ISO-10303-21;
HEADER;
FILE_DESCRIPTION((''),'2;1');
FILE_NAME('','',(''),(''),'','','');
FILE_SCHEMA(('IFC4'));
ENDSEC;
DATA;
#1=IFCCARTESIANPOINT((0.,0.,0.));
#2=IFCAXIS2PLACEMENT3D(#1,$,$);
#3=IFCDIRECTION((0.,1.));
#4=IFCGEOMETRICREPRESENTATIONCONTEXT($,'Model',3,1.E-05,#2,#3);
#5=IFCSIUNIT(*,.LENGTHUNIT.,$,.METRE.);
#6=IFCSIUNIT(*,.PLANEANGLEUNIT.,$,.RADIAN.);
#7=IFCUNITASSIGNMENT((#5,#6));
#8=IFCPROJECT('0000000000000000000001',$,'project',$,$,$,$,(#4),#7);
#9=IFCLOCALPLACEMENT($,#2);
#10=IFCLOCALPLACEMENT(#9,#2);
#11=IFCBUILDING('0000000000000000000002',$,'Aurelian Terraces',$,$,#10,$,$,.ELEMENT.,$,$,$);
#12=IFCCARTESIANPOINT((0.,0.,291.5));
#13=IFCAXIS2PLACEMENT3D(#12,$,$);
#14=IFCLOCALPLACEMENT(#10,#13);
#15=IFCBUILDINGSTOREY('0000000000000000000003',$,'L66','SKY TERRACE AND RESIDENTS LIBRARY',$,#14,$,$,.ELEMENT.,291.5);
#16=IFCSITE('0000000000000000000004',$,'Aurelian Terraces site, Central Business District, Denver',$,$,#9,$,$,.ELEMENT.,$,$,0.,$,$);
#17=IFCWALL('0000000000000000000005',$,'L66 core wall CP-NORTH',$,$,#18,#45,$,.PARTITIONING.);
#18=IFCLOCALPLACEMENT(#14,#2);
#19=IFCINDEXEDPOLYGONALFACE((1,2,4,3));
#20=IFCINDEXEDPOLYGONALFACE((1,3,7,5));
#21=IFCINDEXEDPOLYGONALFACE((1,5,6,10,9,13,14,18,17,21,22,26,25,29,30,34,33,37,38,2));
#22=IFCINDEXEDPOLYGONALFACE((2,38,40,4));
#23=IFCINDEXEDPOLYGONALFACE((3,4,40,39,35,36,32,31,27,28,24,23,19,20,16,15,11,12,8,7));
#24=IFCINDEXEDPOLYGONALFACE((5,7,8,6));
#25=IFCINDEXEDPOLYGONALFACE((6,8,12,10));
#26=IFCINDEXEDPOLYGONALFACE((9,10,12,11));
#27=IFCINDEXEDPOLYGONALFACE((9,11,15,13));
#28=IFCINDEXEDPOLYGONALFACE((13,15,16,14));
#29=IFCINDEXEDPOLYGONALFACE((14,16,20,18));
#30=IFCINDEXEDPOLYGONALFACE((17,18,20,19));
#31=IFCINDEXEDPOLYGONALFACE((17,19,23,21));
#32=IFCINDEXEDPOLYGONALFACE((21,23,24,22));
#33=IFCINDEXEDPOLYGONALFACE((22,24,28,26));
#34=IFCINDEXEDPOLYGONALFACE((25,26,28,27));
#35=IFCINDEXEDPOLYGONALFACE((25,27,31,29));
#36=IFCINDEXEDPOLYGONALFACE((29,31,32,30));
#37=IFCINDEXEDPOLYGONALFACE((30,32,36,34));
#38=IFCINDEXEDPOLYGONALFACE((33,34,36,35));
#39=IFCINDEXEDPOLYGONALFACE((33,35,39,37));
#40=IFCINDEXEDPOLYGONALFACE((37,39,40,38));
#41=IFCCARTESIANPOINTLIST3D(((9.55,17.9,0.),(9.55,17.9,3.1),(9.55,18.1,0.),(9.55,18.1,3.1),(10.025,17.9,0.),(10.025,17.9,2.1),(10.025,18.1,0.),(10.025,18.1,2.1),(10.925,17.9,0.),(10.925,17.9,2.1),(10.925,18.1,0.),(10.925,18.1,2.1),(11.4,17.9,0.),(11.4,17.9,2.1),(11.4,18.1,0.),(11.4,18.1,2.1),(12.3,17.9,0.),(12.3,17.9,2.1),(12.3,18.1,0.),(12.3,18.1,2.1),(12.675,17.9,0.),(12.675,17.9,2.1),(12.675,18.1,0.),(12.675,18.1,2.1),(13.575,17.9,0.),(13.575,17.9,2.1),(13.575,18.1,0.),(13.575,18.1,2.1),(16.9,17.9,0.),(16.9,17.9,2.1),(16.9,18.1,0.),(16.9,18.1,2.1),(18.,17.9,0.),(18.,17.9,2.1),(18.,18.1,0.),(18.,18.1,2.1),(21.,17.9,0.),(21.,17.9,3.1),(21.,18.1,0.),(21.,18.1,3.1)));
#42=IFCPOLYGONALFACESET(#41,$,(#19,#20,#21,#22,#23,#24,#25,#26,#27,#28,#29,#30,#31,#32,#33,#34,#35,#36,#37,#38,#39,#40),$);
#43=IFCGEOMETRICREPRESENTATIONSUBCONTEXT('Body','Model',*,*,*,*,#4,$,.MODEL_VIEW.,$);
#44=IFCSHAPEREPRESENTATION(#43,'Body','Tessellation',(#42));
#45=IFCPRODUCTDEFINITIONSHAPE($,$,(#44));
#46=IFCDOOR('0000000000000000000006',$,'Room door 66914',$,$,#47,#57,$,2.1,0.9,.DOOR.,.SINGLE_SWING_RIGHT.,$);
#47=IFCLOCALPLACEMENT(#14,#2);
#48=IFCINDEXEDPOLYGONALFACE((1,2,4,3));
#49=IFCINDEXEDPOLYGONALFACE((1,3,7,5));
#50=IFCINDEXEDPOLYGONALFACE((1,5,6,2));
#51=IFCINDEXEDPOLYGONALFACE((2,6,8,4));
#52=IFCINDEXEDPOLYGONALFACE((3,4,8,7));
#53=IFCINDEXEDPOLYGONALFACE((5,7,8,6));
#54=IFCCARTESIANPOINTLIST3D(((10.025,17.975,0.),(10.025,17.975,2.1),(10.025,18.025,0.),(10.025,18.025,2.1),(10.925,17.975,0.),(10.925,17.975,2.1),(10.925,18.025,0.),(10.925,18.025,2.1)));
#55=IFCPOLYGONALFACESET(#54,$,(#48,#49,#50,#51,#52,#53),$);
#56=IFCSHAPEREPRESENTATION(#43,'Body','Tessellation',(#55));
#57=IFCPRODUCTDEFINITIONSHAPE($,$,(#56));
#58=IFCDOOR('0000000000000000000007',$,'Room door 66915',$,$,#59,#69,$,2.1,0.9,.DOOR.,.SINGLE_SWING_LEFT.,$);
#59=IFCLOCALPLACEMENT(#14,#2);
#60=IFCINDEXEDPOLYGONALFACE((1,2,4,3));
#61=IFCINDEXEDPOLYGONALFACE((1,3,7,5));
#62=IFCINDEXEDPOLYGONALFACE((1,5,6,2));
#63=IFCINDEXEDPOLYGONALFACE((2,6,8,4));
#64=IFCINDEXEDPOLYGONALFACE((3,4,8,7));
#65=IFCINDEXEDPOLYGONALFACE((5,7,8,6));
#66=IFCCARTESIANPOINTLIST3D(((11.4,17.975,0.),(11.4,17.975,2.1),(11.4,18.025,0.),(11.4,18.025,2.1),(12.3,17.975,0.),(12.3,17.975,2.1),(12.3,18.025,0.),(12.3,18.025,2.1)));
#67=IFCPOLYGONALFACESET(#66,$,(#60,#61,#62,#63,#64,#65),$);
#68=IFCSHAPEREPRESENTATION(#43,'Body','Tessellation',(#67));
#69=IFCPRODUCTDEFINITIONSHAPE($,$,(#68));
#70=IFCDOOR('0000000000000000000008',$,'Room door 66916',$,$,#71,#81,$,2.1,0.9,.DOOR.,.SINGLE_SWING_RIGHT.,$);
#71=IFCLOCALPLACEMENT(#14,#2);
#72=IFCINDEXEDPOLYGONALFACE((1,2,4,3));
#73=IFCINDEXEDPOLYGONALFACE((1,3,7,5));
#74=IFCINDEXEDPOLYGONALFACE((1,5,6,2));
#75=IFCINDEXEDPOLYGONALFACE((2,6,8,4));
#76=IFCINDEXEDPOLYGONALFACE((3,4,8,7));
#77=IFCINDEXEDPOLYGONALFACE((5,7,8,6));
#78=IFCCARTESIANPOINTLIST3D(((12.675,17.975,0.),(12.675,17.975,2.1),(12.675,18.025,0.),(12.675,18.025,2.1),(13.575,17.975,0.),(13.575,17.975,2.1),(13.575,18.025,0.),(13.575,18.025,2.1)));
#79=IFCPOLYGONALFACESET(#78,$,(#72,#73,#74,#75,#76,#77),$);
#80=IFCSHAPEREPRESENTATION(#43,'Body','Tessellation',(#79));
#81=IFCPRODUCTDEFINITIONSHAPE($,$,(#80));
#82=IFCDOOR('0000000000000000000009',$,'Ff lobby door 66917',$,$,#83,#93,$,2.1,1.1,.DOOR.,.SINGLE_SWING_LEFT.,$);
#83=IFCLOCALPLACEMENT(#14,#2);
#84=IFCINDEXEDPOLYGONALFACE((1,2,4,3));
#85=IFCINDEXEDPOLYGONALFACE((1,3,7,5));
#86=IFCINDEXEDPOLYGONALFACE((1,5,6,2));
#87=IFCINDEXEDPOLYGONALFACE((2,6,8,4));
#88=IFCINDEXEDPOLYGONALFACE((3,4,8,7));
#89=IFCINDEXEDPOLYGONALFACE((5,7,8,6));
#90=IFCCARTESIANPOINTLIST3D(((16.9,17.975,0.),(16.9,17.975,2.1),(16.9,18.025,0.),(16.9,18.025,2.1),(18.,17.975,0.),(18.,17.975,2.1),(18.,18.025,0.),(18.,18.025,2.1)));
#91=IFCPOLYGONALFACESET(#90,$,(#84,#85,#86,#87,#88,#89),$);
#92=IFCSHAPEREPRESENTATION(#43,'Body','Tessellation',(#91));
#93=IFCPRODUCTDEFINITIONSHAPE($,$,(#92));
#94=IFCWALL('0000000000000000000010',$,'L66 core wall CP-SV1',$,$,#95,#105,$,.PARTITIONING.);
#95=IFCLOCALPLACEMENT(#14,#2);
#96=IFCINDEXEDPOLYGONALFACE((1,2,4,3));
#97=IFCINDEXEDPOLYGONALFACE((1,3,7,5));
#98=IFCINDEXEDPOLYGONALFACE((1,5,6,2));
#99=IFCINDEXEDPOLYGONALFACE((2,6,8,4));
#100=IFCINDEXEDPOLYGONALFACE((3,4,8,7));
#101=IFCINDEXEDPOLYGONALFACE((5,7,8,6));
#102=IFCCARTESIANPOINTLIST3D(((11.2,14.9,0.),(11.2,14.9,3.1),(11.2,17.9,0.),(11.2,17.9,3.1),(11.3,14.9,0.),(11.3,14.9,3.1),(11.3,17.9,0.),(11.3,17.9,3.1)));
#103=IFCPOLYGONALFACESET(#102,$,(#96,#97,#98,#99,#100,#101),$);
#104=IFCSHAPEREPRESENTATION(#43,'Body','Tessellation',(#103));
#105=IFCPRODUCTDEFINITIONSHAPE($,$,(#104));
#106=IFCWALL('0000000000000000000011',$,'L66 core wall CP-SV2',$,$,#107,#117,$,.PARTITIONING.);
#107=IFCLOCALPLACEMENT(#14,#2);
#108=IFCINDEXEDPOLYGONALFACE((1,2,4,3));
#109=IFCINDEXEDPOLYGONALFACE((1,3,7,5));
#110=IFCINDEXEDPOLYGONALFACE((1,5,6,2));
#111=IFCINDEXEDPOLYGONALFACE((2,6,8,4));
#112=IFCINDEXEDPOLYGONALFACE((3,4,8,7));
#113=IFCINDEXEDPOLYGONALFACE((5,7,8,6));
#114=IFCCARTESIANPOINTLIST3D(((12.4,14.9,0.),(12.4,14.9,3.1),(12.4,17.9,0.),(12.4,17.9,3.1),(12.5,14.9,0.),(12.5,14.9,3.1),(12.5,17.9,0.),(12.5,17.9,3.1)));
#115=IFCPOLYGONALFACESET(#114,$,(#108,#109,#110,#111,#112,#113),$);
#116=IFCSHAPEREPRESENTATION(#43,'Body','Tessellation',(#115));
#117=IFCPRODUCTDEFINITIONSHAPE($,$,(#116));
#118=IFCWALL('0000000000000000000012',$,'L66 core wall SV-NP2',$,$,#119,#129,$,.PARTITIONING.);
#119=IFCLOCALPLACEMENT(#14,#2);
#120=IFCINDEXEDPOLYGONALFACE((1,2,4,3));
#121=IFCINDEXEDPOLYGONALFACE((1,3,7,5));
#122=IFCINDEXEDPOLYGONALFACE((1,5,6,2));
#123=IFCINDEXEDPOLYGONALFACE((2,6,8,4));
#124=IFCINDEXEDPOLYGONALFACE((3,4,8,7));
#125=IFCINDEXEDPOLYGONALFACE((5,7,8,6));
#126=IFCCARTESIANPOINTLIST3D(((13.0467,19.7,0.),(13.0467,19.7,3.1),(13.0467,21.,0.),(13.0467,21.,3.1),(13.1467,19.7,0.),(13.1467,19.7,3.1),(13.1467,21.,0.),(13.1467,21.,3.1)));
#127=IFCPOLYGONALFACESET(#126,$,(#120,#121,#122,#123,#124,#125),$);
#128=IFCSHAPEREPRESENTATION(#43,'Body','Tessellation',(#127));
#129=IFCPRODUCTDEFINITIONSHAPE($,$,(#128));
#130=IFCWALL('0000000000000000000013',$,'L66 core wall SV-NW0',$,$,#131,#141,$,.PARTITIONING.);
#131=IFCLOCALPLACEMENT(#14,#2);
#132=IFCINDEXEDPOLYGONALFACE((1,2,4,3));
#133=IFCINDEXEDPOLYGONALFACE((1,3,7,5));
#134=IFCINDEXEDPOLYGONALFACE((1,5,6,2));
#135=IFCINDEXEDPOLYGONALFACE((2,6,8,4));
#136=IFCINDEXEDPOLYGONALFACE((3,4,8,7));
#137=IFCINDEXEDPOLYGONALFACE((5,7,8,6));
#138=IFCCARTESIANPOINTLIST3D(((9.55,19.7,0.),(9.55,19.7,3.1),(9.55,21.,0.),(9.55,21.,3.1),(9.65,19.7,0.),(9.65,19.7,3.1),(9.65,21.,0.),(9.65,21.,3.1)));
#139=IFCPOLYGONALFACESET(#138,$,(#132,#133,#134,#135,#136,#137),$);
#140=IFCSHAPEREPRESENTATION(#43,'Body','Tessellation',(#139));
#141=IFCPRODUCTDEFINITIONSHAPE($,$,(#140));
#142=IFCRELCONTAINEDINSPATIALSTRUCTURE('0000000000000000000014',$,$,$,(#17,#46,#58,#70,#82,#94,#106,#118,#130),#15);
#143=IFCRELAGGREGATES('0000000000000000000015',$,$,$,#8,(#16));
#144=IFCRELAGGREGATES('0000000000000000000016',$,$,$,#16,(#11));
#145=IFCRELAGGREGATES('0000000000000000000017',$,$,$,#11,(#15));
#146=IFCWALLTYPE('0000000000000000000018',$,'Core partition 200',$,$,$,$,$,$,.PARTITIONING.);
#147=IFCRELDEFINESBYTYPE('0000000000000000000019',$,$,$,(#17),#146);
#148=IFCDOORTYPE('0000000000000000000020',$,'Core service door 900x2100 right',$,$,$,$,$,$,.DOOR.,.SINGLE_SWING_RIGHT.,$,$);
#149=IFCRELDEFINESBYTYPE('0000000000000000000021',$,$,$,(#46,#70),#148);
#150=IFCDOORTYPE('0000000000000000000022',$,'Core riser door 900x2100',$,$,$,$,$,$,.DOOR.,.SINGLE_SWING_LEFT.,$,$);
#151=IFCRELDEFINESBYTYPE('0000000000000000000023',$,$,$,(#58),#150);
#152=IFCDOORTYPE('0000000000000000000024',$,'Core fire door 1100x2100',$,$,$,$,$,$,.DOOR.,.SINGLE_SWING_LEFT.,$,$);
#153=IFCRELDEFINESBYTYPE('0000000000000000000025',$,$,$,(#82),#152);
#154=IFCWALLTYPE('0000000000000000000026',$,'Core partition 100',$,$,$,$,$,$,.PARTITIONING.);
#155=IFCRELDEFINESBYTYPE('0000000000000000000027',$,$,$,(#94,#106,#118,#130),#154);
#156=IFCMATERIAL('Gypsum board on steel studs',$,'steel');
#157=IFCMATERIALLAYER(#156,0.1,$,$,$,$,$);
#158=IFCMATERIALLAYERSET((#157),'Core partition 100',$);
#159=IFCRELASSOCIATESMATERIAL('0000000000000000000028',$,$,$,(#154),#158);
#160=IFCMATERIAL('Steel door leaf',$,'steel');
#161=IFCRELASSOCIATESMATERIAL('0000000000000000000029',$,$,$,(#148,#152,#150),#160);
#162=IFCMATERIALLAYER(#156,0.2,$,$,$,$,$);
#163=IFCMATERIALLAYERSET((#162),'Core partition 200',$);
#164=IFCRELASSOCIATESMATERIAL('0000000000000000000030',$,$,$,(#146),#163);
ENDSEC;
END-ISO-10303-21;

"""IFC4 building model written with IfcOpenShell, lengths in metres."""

from ifc_helpers import new_model, si_unit, direction, frame, frame_2d, origin, place, context, subcontext, project, spatial, rectangle, extrude, source, transform, mapped, material, layer, layer_set, type_object, element, fill, save


model = new_model("IFC4")

# Units and contexts
model_context = context("Model", 3, precision=1e-05, world=origin(), true_north=direction((0.0, 1.0)))
body_context = subcontext(model_context, "Body", "Model", "MODEL_VIEW")
ifc_project = project(units=[si_unit("LENGTHUNIT", "METRE"), si_unit("PLANEANGLEUNIT", "RADIAN")], contexts=[model_context])

# Site, building, storey
site_placement = place(None, origin())
site = spatial("IfcSite", under=ifc_project, at=site_placement, Name="Aurelian Terraces site, Central Business District, Denver", CompositionType="ELEMENT", RefElevation=0.0)
building_placement = place(site_placement, origin())
building = spatial("IfcBuilding", under=site, at=building_placement, Name="Aurelian Terraces", CompositionType="ELEMENT")
storey_placement = place(building_placement, frame((0.0, 0.0, 291.5)))
storey = spatial("IfcBuildingStorey", under=building, at=storey_placement, Name="L66", Description="SKY TERRACE AND RESIDENTS LIBRARY", CompositionType="ELEMENT", Elevation=291.5)

# Shared definitions
ifc_material_1 = material(Name="Gypsum board on steel studs", Category="steel")
ifc_layer_1 = layer(ifc_material_1, 0.1)
ifc_layer_set_1 = layer_set([ifc_layer_1], Name="Core partition 100")
wall_type_1 = type_object("IfcWallType", Name="Core partition 100", PredefinedType="PARTITIONING", material=ifc_layer_set_1)
ifc_material_2 = material(Name="Steel door leaf", Category="steel")
door_type_1 = type_object("IfcDoorType", Name="Core service door 900x2100 right", OperationType="SINGLE_SWING_RIGHT", PredefinedType="DOOR", material=ifc_material_2)
shared_shape_1 = source(origin(), body_context, "Body", "SweptSolid", [
    extrude(rectangle(XDim=0.9, YDim=2.1, at=frame_2d((0.45, 1.05))), frame((0.0, 0.025, 0.0), z_axis=(0.0, -1.0, 0.0), x_axis=(1.0, 0.0, 0.0)), (0.0, 0.0, 1.0), 0.05),
])

# Shared definitions
shared_shape_2 = source(origin(), body_context, "Body", "SweptSolid", [
    extrude(rectangle(XDim=1.1, YDim=2.1, at=frame_2d((0.55, 1.05))), frame((0.0, 0.11, 0.0), z_axis=(0.0, -1.0, 0.0), x_axis=(1.0, 0.0, 0.0)), (0.0, 0.0, 1.0), 0.22),
])
shared_shape_3 = source(origin(), body_context, "Body", "SweptSolid", [
    extrude(rectangle(XDim=1.1, YDim=2.1, at=frame_2d((0.55, 1.05))), frame((0.0, 0.025, 0.0), z_axis=(0.0, -1.0, 0.0), x_axis=(1.0, 0.0, 0.0)), (0.0, 0.0, 1.0), 0.05),
])

# Shared definitions
ifc_layer_2 = layer(ifc_material_1, 0.2)
ifc_layer_set_2 = layer_set([ifc_layer_2], Name="Core partition 200")
wall_type_2 = type_object("IfcWallType", Name="Core partition 200", PredefinedType="PARTITIONING", material=ifc_layer_set_2)

# Shared definitions
door_type_2 = type_object("IfcDoorType", Name="Core fire door 1100x2100", OperationType="SINGLE_SWING_LEFT", PredefinedType="DOOR", material=ifc_material_2)

# Wall, openings, doors
shared_shape_4 = source(origin(), body_context, "Body", "SweptSolid", [
    extrude(rectangle(XDim=11.45, YDim=0.2, at=frame_2d((5.725, 0.0))), origin(), (0.0, 0.0, 1.0), 3.1),
])
wall_1_placement = place(storey_placement, frame((9.55, 18.0, 0.0), z_axis=(0.0, 0.0, 1.0), x_axis=(1.0, 0.0, 0.0)))
wall_1 = element("IfcWall", 1, at=wall_1_placement, inside=storey, type_object=wall_type_2, Name="L66 core wall CP-NORTH", PredefinedType="PARTITIONING", context=body_context, shape_type="MappedRepresentation", body=[
    mapped(shared_shape_4, transform((0.0, 0.0, 0.0), scale=1.0)),
])
shared_shape_5 = source(origin(), body_context, "Body", "SweptSolid", [
    extrude(rectangle(XDim=0.9, YDim=2.1, at=frame_2d((0.45, 1.05))), frame((0.0, 0.11, 0.0), z_axis=(0.0, -1.0, 0.0), x_axis=(1.0, 0.0, 0.0)), (0.0, 0.0, 1.0), 0.22),
])
opening_1_placement = place(wall_1_placement, frame((0.475, 0.0, 0.0)))
opening_1 = element("IfcOpeningElement", 2, at=opening_1_placement, cuts=wall_1, PredefinedType="OPENING", context=body_context, shape_type="MappedRepresentation", body=[
    mapped(shared_shape_5, transform((0.0, 0.0, 0.0), scale=1.0)),
])
opening_2_placement = place(wall_1_placement, frame((1.85, 0.0, 0.0)))
opening_2 = element("IfcOpeningElement", 3, at=opening_2_placement, cuts=wall_1, PredefinedType="OPENING", context=body_context, shape_type="MappedRepresentation", body=[
    mapped(shared_shape_5, transform((0.0, 0.0, 0.0), scale=1.0)),
])
opening_3_placement = place(wall_1_placement, frame((3.125, 0.0, 0.0)))
opening_3 = element("IfcOpeningElement", 4, at=opening_3_placement, cuts=wall_1, PredefinedType="OPENING", context=body_context, shape_type="MappedRepresentation", body=[
    mapped(shared_shape_5, transform((0.0, 0.0, 0.0), scale=1.0)),
])
opening_4_placement = place(wall_1_placement, frame((7.35, 0.0, 0.0)))
opening_4 = element("IfcOpeningElement", 5, at=opening_4_placement, cuts=wall_1, PredefinedType="OPENING", context=body_context, shape_type="MappedRepresentation", body=[
    mapped(shared_shape_2, transform((0.0, 0.0, 0.0), scale=1.0)),
])
door_1_placement = place(opening_1_placement, origin())
door_1 = element("IfcDoor", 6, at=door_1_placement, inside=storey, type_object=door_type_1, Name="Room door 66914", OperationType="SINGLE_SWING_RIGHT", OverallHeight=2.1, OverallWidth=0.9, PredefinedType="DOOR", context=body_context, shape_type="MappedRepresentation", body=[
    mapped(shared_shape_1, transform((0.0, 0.0, 0.0), scale=1.0)),
])
fill(opening_1, door_1)
door_type_3 = type_object("IfcDoorType", Name="Core riser door 900x2100", OperationType="SINGLE_SWING_LEFT", PredefinedType="DOOR", material=ifc_material_2)
door_2_placement = place(opening_2_placement, origin())
door_2 = element("IfcDoor", 7, at=door_2_placement, inside=storey, type_object=door_type_3, Name="Room door 66915", OperationType="SINGLE_SWING_LEFT", OverallHeight=2.1, OverallWidth=0.9, PredefinedType="DOOR", context=body_context, shape_type="MappedRepresentation", body=[
    mapped(shared_shape_1, transform((0.0, 0.0, 0.0), scale=1.0)),
])
fill(opening_2, door_2)
door_3_placement = place(opening_3_placement, origin())
door_3 = element("IfcDoor", 8, at=door_3_placement, inside=storey, type_object=door_type_1, Name="Room door 66916", OperationType="SINGLE_SWING_RIGHT", OverallHeight=2.1, OverallWidth=0.9, PredefinedType="DOOR", context=body_context, shape_type="MappedRepresentation", body=[
    mapped(shared_shape_1, transform((0.0, 0.0, 0.0), scale=1.0)),
])
fill(opening_3, door_3)
door_4_placement = place(opening_4_placement, origin())
door_4 = element("IfcDoor", 9, at=door_4_placement, inside=storey, type_object=door_type_2, Name="Ff lobby door 66917", OperationType="SINGLE_SWING_LEFT", OverallHeight=2.1, OverallWidth=1.1, PredefinedType="DOOR", context=body_context, shape_type="MappedRepresentation", body=[
    mapped(shared_shape_3, transform((0.0, 0.0, 0.0), scale=1.0)),
])
fill(opening_4, door_4)

# Walls
shared_shape_6 = source(origin(), body_context, "Body", "SweptSolid", [
    extrude(rectangle(XDim=3.0, YDim=0.1, at=frame_2d((1.5, 0.0))), origin(), (0.0, 0.0, 1.0), 3.1),
])
for number, where, z_axis, x_axis, name in (
    (10, (11.25, 14.9, 0.0), (0.0, 0.0, 1.0), (0.0, 1.0, 0.0), "L66 core wall CP-SV1"),
    (11, (12.45, 14.9, 0.0), (0.0, 0.0, 1.0), (0.0, 1.0, 0.0), "L66 core wall CP-SV2"),
):
    element("IfcWall", number, at=place(storey_placement, frame(where, z_axis=z_axis, x_axis=x_axis)), inside=storey, type_object=wall_type_1, Name=name, PredefinedType="PARTITIONING", context=body_context, shape_type="MappedRepresentation", body=[
        mapped(shared_shape_6, transform((0.0, 0.0, 0.0), scale=1.0)),
    ])
shared_shape_7 = source(origin(), body_context, "Body", "SweptSolid", [
    extrude(rectangle(XDim=1.3, YDim=0.1, at=frame_2d((0.65, 0.0))), origin(), (0.0, 0.0, 1.0), 3.1),
])
for number, where, z_axis, x_axis, name in (
    (12, (13.0967, 19.7, 0.0), (0.0, 0.0, 1.0), (0.0, 1.0, 0.0), "L66 core wall SV-NP2"),
    (13, (9.6, 19.7, 0.0), (0.0, 0.0, 1.0), (0.0, 1.0, 0.0), "L66 core wall SV-NW0"),
):
    element("IfcWall", number, at=place(storey_placement, frame(where, z_axis=z_axis, x_axis=x_axis)), inside=storey, type_object=wall_type_1, Name=name, PredefinedType="PARTITIONING", context=body_context, shape_type="MappedRepresentation", body=[
        mapped(shared_shape_7, transform((0.0, 0.0, 0.0), scale=1.0)),
    ])

save(model, "model.ifc")
